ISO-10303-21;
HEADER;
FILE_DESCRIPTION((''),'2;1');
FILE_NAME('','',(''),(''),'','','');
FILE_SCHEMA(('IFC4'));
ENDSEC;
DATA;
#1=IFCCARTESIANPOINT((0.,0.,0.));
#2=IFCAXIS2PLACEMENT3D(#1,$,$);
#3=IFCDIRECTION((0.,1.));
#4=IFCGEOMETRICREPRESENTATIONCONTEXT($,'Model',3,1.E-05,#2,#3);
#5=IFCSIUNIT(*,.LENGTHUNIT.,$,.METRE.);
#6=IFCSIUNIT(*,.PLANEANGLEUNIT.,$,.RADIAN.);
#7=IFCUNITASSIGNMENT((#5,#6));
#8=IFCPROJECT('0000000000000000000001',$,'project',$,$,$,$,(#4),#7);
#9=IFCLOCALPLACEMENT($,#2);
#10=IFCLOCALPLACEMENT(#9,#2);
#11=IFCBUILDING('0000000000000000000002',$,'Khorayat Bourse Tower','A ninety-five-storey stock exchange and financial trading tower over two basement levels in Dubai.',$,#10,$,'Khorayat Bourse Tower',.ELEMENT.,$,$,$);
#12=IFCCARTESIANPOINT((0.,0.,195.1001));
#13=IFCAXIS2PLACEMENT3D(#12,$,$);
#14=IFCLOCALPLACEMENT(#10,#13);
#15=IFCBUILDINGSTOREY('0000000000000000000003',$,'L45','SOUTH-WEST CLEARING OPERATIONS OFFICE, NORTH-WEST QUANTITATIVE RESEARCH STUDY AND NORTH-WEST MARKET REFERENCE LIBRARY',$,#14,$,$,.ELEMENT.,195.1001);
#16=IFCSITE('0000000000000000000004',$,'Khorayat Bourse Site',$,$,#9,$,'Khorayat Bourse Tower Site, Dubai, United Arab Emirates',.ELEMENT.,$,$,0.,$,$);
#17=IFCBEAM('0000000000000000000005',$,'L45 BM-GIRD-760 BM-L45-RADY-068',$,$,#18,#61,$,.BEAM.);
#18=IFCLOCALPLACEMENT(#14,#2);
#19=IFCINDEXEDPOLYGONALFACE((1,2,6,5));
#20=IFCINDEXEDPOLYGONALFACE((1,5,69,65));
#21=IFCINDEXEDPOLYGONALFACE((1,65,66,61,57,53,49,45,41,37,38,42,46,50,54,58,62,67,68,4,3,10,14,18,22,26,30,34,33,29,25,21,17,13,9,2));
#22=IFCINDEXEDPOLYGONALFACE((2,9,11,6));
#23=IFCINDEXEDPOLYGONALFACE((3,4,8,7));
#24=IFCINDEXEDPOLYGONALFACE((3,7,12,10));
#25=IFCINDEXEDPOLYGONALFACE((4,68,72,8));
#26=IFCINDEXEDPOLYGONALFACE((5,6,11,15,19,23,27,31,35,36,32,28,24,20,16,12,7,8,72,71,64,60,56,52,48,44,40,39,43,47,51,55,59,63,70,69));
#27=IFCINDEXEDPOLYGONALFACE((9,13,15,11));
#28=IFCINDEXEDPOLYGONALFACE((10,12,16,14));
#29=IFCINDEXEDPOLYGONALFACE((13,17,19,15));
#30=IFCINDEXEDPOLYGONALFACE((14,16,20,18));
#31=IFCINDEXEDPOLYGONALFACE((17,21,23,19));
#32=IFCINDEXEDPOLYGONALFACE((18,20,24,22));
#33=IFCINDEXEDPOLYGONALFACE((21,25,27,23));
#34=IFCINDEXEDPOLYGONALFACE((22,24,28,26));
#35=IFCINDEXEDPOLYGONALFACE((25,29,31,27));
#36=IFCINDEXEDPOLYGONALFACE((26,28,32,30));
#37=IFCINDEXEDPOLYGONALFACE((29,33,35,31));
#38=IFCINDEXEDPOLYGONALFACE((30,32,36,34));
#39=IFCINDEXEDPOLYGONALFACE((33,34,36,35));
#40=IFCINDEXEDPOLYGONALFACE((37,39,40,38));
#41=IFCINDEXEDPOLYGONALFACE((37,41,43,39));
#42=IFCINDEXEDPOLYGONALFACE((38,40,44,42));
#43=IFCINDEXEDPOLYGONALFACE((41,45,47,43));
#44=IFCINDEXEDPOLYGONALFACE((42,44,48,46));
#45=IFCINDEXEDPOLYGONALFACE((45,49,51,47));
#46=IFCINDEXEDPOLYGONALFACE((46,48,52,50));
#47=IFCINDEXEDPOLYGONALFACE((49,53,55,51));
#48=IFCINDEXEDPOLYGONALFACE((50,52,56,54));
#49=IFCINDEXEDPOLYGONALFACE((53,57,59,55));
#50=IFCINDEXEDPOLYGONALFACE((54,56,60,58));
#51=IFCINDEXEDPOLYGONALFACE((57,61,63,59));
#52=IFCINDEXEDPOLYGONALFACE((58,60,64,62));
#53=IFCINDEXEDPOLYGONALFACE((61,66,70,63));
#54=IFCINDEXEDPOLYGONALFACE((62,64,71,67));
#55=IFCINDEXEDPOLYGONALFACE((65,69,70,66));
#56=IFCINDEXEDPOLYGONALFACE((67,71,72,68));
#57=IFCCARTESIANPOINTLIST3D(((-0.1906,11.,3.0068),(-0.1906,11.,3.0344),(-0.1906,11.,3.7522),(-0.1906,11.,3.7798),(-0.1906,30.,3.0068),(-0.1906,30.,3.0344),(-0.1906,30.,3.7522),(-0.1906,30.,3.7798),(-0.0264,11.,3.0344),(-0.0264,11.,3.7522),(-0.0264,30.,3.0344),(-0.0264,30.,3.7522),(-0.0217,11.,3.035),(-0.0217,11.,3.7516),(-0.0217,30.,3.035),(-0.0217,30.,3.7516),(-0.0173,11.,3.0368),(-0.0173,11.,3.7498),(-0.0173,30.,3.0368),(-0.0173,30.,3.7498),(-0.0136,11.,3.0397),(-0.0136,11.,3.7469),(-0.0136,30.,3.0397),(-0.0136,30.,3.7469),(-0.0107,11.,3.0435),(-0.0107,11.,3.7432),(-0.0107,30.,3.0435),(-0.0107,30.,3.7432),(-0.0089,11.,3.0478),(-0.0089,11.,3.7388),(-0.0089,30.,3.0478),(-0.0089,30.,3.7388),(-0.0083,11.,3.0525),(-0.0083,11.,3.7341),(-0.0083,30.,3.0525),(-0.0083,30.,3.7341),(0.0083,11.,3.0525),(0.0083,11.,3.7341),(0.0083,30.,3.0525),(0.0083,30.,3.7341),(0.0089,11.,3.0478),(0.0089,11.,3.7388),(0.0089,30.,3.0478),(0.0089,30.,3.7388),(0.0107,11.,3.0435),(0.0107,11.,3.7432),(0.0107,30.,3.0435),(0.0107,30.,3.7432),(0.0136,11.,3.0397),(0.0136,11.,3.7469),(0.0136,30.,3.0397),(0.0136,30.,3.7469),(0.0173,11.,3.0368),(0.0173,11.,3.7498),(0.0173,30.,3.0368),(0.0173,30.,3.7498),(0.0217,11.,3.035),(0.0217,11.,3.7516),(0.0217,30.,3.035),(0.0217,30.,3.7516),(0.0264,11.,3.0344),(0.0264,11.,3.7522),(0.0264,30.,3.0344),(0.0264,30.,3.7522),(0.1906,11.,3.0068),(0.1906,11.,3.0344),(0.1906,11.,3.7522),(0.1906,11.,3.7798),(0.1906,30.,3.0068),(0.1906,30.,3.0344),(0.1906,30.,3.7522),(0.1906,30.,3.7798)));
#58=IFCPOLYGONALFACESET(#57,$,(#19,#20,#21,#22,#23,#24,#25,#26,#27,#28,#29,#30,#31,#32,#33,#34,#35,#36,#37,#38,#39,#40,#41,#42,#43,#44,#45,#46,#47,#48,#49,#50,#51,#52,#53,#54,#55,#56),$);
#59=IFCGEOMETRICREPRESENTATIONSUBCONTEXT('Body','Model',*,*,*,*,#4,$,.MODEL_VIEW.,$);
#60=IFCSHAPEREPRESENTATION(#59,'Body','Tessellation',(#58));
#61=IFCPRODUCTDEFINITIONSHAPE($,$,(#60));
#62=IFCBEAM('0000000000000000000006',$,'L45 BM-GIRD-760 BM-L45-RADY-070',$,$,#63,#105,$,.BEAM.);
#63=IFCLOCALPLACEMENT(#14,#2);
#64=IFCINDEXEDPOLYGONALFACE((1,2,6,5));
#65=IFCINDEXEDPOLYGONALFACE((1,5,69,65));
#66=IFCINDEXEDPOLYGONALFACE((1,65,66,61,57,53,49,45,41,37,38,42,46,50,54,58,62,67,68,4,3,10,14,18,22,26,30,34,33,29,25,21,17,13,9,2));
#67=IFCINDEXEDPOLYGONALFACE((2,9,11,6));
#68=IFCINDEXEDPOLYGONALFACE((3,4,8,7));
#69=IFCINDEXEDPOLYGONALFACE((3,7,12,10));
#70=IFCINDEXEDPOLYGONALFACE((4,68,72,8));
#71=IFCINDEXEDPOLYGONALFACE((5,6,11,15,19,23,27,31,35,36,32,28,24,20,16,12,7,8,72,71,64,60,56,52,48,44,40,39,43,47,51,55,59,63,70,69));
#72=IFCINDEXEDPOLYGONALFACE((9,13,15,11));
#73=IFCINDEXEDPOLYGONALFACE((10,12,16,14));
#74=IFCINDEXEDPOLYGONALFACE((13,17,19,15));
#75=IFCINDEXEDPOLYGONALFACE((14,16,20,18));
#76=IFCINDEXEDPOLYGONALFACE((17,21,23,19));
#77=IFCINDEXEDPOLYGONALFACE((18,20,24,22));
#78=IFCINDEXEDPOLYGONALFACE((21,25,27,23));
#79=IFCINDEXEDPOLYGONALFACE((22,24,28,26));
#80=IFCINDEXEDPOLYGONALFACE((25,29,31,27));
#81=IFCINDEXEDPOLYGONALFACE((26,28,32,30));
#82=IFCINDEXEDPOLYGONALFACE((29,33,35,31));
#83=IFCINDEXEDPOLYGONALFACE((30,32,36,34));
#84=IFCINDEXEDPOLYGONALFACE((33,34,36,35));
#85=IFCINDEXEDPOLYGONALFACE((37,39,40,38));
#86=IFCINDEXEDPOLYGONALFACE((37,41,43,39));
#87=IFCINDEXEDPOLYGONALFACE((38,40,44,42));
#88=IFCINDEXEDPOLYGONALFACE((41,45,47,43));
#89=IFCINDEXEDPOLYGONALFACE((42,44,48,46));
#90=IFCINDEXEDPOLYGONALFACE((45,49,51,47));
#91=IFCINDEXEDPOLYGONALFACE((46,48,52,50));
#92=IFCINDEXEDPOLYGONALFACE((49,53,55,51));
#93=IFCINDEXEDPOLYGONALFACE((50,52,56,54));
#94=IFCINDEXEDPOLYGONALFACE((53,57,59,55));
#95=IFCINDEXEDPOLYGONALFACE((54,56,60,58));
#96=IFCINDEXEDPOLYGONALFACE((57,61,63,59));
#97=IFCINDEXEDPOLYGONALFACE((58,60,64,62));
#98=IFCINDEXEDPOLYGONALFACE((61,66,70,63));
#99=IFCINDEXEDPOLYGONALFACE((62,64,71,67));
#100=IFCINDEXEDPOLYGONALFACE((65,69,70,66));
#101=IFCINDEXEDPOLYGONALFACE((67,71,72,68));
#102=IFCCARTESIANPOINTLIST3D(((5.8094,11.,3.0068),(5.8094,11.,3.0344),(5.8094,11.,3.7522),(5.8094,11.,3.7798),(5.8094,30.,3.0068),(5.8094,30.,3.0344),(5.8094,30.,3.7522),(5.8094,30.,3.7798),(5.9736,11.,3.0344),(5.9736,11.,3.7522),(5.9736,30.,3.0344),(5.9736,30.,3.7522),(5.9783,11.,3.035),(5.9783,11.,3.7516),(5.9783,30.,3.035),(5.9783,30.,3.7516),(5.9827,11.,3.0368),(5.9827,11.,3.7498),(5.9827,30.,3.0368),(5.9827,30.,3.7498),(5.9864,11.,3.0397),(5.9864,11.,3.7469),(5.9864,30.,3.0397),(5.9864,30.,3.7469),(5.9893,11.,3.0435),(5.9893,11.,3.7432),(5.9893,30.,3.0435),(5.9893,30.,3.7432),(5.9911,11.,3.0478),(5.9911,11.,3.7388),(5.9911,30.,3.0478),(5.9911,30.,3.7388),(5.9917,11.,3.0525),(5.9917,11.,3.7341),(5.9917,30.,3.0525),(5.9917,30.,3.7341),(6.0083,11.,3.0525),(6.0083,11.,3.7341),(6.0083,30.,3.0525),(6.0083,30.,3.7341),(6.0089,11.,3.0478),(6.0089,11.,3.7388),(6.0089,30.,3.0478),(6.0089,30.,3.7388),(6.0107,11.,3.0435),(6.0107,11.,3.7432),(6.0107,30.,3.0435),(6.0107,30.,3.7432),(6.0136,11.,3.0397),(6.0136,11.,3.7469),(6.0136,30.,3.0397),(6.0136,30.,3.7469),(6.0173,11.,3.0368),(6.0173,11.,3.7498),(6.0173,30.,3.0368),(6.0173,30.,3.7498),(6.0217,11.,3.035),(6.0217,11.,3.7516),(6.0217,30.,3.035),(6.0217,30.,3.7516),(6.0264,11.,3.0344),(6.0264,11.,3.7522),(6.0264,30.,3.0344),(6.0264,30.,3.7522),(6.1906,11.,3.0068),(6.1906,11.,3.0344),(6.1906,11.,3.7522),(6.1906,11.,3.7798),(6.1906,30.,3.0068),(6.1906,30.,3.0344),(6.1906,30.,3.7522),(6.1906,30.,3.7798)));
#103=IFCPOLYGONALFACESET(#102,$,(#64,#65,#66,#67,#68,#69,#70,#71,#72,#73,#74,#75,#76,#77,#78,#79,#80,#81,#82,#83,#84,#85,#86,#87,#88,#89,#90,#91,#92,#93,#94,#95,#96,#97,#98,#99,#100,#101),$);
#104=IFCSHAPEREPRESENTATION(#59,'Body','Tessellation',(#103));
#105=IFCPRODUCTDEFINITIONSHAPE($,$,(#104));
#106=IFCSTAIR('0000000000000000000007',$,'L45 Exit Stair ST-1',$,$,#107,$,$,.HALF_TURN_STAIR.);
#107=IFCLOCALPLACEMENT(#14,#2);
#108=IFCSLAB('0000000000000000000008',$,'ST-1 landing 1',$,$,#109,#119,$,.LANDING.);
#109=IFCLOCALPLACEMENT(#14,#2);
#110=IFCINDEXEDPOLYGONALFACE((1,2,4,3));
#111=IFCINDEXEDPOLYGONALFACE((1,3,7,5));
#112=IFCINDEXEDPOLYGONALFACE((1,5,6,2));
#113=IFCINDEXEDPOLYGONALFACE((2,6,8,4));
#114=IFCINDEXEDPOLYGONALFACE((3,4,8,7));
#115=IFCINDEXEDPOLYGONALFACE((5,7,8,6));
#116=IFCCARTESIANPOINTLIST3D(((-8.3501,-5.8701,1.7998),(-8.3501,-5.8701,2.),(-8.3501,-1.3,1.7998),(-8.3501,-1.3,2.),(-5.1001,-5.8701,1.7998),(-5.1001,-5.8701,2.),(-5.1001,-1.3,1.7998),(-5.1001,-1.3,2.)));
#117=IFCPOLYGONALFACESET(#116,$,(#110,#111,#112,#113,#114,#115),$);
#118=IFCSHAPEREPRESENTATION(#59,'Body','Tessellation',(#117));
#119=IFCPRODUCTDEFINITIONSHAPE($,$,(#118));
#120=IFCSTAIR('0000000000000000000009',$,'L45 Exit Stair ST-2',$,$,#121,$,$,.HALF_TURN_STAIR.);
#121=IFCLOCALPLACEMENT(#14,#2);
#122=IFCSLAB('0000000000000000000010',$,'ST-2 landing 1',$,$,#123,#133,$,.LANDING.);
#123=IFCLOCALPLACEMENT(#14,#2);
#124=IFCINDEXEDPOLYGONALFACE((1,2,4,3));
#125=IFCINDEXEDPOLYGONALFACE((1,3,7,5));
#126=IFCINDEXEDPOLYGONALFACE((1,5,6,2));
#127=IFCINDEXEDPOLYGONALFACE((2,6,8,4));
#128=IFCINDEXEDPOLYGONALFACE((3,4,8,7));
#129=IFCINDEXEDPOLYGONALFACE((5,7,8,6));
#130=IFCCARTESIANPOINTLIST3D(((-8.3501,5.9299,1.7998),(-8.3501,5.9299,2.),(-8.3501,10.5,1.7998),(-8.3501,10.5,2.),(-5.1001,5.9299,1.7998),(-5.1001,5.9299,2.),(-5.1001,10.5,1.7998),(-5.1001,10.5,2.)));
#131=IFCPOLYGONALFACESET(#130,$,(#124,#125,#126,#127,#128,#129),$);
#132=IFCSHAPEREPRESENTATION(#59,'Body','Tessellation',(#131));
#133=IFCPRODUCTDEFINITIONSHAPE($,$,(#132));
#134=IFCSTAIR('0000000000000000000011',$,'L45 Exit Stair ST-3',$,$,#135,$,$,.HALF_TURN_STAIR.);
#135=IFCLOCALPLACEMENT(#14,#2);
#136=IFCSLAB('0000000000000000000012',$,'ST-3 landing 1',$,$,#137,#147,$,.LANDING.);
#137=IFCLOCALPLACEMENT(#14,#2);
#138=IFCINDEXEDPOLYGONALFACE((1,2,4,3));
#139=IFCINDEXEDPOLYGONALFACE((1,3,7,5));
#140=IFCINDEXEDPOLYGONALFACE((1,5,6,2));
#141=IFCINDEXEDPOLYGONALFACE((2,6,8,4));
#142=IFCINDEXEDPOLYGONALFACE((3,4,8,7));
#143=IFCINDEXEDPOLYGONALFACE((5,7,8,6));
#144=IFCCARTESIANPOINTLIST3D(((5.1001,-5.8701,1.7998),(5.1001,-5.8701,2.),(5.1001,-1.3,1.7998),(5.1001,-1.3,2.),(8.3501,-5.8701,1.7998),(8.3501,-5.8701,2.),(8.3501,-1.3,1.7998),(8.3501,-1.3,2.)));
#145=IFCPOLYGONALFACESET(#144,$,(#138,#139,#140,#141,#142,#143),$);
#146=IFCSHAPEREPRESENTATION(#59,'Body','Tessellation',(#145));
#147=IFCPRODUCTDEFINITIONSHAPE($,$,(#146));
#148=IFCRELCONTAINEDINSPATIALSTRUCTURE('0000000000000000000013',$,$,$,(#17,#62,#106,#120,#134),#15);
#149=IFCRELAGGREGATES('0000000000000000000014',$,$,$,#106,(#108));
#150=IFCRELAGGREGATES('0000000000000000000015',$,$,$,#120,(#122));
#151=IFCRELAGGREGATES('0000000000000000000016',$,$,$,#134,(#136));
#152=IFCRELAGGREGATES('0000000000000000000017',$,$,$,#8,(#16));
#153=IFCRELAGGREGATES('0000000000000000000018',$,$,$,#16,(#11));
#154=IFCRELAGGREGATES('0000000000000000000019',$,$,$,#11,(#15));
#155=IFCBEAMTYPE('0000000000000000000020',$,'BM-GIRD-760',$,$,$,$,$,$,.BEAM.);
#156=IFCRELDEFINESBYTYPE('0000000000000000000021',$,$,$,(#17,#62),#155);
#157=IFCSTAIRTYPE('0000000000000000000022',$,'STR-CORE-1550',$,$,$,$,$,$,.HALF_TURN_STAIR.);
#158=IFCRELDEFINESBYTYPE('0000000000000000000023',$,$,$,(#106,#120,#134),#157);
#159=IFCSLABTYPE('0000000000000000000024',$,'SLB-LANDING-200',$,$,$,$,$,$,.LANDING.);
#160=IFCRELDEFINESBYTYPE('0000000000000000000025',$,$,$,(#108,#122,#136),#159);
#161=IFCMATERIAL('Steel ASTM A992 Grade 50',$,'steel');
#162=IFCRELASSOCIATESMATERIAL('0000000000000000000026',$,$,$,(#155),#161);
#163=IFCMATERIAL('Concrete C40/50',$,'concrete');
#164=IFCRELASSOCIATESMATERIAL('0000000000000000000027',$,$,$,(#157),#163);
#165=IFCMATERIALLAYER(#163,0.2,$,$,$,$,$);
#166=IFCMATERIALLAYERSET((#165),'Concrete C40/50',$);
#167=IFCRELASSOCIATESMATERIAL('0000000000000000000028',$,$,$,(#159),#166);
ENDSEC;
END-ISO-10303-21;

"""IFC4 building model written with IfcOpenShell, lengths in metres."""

from ifc_helpers import new_model, si_unit, direction, frame, origin, origin_2d, place, context, subcontext, project, spatial, polyline, i_section, outline, extrude, source, transform, mapped, material, layer, layer_set, material_profile, profile_set, type_object, element, aggregate, save


model = new_model("IFC4")

# Units and contexts
model_context = context("Model", 3, precision=1e-05, world=origin(), true_north=direction((0.0, 1.0)))
body_context = subcontext(model_context, "Body", "Model", "MODEL_VIEW")
ifc_project = project(units=[si_unit("LENGTHUNIT", "METRE"), si_unit("PLANEANGLEUNIT", "RADIAN")], contexts=[model_context])

# Site, building, storey
site_placement = place(None, origin())
site = spatial("IfcSite", under=ifc_project, at=site_placement, Name="Khorayat Bourse Site", LongName="Khorayat Bourse Tower Site, Dubai, United Arab Emirates", CompositionType="ELEMENT", RefElevation=0.0)
building_placement = place(site_placement, origin())
building = spatial("IfcBuilding", under=site, at=building_placement, Name="Khorayat Bourse Tower", Description="A ninety-five-storey stock exchange and financial trading tower over two basement levels in Dubai.", LongName="Khorayat Bourse Tower", CompositionType="ELEMENT")
storey_placement = place(building_placement, frame((0.0, 0.0, 195.1001)))
storey = spatial("IfcBuildingStorey", under=building, at=storey_placement, Name="L45", Description="SOUTH-WEST CLEARING OPERATIONS OFFICE, NORTH-WEST QUANTITATIVE RESEARCH STUDY AND NORTH-WEST MARKET REFERENCE LIBRARY", CompositionType="ELEMENT", Elevation=195.1001)

# Beams
ifc_material_1 = material(Name="Steel ASTM A992 Grade 50", Category="steel")
ifc_material_profile_1 = material_profile(ifc_material_1, i_section(OverallWidth=0.3811, OverallDepth=0.7729, WebThickness=0.0166, FlangeThickness=0.0276, FilletRadius=0.0181, at=origin_2d()), Name="W760X257")
ifc_profile_set_1 = profile_set([ifc_material_profile_1], Name="Steel ASTM A992 Grade 50")
beam_type_1 = type_object("IfcBeamType", Name="BM-GIRD-760", PredefinedType="BEAM", material=ifc_profile_set_1)
shared_shape_1 = source(origin(), body_context, "Body", "SweptSolid", [
    extrude(i_section(OverallWidth=0.3811, OverallDepth=0.7729, WebThickness=0.0166, FlangeThickness=0.0276, FilletRadius=0.0181, at=origin_2d()), origin(), (0.0, 0.0, 1.0), 19.0),
])
for number, where, z_axis, x_axis, name in (
    (1, (0.0, 11.0, 3.3933), (0.0, 1.0, 0.0), (-1.0, 0.0, 0.0), "L45 BM-GIRD-760 BM-L45-RADY-068"),
    (2, (6.0, 11.0, 3.3933), (0.0, 1.0, 0.0), (-1.0, 0.0, 0.0), "L45 BM-GIRD-760 BM-L45-RADY-070"),
):
    element("IfcBeam", number, at=place(storey_placement, frame(where, z_axis=z_axis, x_axis=x_axis)), inside=storey, type_object=beam_type_1, Name=name, PredefinedType="BEAM", context=body_context, shape_type="MappedRepresentation", body=[
        mapped(shared_shape_1, transform((0.0, 0.0, 0.0), scale=1.0)),
    ])

# Stairs, slabs
ifc_material_2 = material(Name="Concrete C40/50", Category="concrete")
stair_type = type_object("IfcStairType", Name="STR-CORE-1550", PredefinedType="HALF_TURN_STAIR", material=ifc_material_2)
stair_1_placement = place(storey_placement, origin())
stair_1 = element("IfcStair", 3, at=stair_1_placement, inside=storey, type_object=stair_type, Name="L45 Exit Stair ST-1", PredefinedType="HALF_TURN_STAIR")
ifc_layer_1 = layer(ifc_material_2, 0.2)
ifc_layer_set_1 = layer_set([ifc_layer_1], Name="Concrete C40/50")
slab_type_1 = type_object("IfcSlabType", Name="SLB-LANDING-200", PredefinedType="LANDING", material=ifc_layer_set_1)
slab_1_placement = place(storey_placement, frame((0.0, 0.0, 1.7998)))
slab_1 = element("IfcSlab", 4, at=slab_1_placement, type_object=slab_type_1, Name="ST-1 landing 1", PredefinedType="LANDING", context=body_context, shape_type="SweptSolid", body=[
    extrude(outline(polyline([(-5.1001, -5.8701), (-5.1001, -1.3), (-8.3501, -1.3), (-8.3501, -5.8701), (-5.1001, -5.8701)])), origin(), (0.0, 0.0, 1.0), 0.2002),
])
aggregate(stair_1, [slab_1])
stair_2_placement = place(storey_placement, origin())
stair_2 = element("IfcStair", 5, at=stair_2_placement, inside=storey, type_object=stair_type, Name="L45 Exit Stair ST-2", PredefinedType="HALF_TURN_STAIR")
slab_2_placement = place(storey_placement, frame((0.0, 0.0, 1.7998)))
slab_2 = element("IfcSlab", 6, at=slab_2_placement, type_object=slab_type_1, Name="ST-2 landing 1", PredefinedType="LANDING", context=body_context, shape_type="SweptSolid", body=[
    extrude(outline(polyline([(-5.1001, 5.9299), (-5.1001, 10.5), (-8.3501, 10.5), (-8.3501, 5.9299), (-5.1001, 5.9299)])), origin(), (0.0, 0.0, 1.0), 0.2002),
])
aggregate(stair_2, [slab_2])
stair_3_placement = place(storey_placement, origin())
stair_3 = element("IfcStair", 7, at=stair_3_placement, inside=storey, type_object=stair_type, Name="L45 Exit Stair ST-3", PredefinedType="HALF_TURN_STAIR")
slab_3_placement = place(storey_placement, frame((0.0, 0.0, 1.7998)))
slab_3 = element("IfcSlab", 8, at=slab_3_placement, type_object=slab_type_1, Name="ST-3 landing 1", PredefinedType="LANDING", context=body_context, shape_type="SweptSolid", body=[
    extrude(outline(polyline([(8.3501, -5.8701), (8.3501, -1.3), (5.1001, -1.3), (5.1001, -5.8701), (8.3501, -5.8701)])), origin(), (0.0, 0.0, 1.0), 0.2002),
])
aggregate(stair_3, [slab_3])

save(model, "model.ifc")
